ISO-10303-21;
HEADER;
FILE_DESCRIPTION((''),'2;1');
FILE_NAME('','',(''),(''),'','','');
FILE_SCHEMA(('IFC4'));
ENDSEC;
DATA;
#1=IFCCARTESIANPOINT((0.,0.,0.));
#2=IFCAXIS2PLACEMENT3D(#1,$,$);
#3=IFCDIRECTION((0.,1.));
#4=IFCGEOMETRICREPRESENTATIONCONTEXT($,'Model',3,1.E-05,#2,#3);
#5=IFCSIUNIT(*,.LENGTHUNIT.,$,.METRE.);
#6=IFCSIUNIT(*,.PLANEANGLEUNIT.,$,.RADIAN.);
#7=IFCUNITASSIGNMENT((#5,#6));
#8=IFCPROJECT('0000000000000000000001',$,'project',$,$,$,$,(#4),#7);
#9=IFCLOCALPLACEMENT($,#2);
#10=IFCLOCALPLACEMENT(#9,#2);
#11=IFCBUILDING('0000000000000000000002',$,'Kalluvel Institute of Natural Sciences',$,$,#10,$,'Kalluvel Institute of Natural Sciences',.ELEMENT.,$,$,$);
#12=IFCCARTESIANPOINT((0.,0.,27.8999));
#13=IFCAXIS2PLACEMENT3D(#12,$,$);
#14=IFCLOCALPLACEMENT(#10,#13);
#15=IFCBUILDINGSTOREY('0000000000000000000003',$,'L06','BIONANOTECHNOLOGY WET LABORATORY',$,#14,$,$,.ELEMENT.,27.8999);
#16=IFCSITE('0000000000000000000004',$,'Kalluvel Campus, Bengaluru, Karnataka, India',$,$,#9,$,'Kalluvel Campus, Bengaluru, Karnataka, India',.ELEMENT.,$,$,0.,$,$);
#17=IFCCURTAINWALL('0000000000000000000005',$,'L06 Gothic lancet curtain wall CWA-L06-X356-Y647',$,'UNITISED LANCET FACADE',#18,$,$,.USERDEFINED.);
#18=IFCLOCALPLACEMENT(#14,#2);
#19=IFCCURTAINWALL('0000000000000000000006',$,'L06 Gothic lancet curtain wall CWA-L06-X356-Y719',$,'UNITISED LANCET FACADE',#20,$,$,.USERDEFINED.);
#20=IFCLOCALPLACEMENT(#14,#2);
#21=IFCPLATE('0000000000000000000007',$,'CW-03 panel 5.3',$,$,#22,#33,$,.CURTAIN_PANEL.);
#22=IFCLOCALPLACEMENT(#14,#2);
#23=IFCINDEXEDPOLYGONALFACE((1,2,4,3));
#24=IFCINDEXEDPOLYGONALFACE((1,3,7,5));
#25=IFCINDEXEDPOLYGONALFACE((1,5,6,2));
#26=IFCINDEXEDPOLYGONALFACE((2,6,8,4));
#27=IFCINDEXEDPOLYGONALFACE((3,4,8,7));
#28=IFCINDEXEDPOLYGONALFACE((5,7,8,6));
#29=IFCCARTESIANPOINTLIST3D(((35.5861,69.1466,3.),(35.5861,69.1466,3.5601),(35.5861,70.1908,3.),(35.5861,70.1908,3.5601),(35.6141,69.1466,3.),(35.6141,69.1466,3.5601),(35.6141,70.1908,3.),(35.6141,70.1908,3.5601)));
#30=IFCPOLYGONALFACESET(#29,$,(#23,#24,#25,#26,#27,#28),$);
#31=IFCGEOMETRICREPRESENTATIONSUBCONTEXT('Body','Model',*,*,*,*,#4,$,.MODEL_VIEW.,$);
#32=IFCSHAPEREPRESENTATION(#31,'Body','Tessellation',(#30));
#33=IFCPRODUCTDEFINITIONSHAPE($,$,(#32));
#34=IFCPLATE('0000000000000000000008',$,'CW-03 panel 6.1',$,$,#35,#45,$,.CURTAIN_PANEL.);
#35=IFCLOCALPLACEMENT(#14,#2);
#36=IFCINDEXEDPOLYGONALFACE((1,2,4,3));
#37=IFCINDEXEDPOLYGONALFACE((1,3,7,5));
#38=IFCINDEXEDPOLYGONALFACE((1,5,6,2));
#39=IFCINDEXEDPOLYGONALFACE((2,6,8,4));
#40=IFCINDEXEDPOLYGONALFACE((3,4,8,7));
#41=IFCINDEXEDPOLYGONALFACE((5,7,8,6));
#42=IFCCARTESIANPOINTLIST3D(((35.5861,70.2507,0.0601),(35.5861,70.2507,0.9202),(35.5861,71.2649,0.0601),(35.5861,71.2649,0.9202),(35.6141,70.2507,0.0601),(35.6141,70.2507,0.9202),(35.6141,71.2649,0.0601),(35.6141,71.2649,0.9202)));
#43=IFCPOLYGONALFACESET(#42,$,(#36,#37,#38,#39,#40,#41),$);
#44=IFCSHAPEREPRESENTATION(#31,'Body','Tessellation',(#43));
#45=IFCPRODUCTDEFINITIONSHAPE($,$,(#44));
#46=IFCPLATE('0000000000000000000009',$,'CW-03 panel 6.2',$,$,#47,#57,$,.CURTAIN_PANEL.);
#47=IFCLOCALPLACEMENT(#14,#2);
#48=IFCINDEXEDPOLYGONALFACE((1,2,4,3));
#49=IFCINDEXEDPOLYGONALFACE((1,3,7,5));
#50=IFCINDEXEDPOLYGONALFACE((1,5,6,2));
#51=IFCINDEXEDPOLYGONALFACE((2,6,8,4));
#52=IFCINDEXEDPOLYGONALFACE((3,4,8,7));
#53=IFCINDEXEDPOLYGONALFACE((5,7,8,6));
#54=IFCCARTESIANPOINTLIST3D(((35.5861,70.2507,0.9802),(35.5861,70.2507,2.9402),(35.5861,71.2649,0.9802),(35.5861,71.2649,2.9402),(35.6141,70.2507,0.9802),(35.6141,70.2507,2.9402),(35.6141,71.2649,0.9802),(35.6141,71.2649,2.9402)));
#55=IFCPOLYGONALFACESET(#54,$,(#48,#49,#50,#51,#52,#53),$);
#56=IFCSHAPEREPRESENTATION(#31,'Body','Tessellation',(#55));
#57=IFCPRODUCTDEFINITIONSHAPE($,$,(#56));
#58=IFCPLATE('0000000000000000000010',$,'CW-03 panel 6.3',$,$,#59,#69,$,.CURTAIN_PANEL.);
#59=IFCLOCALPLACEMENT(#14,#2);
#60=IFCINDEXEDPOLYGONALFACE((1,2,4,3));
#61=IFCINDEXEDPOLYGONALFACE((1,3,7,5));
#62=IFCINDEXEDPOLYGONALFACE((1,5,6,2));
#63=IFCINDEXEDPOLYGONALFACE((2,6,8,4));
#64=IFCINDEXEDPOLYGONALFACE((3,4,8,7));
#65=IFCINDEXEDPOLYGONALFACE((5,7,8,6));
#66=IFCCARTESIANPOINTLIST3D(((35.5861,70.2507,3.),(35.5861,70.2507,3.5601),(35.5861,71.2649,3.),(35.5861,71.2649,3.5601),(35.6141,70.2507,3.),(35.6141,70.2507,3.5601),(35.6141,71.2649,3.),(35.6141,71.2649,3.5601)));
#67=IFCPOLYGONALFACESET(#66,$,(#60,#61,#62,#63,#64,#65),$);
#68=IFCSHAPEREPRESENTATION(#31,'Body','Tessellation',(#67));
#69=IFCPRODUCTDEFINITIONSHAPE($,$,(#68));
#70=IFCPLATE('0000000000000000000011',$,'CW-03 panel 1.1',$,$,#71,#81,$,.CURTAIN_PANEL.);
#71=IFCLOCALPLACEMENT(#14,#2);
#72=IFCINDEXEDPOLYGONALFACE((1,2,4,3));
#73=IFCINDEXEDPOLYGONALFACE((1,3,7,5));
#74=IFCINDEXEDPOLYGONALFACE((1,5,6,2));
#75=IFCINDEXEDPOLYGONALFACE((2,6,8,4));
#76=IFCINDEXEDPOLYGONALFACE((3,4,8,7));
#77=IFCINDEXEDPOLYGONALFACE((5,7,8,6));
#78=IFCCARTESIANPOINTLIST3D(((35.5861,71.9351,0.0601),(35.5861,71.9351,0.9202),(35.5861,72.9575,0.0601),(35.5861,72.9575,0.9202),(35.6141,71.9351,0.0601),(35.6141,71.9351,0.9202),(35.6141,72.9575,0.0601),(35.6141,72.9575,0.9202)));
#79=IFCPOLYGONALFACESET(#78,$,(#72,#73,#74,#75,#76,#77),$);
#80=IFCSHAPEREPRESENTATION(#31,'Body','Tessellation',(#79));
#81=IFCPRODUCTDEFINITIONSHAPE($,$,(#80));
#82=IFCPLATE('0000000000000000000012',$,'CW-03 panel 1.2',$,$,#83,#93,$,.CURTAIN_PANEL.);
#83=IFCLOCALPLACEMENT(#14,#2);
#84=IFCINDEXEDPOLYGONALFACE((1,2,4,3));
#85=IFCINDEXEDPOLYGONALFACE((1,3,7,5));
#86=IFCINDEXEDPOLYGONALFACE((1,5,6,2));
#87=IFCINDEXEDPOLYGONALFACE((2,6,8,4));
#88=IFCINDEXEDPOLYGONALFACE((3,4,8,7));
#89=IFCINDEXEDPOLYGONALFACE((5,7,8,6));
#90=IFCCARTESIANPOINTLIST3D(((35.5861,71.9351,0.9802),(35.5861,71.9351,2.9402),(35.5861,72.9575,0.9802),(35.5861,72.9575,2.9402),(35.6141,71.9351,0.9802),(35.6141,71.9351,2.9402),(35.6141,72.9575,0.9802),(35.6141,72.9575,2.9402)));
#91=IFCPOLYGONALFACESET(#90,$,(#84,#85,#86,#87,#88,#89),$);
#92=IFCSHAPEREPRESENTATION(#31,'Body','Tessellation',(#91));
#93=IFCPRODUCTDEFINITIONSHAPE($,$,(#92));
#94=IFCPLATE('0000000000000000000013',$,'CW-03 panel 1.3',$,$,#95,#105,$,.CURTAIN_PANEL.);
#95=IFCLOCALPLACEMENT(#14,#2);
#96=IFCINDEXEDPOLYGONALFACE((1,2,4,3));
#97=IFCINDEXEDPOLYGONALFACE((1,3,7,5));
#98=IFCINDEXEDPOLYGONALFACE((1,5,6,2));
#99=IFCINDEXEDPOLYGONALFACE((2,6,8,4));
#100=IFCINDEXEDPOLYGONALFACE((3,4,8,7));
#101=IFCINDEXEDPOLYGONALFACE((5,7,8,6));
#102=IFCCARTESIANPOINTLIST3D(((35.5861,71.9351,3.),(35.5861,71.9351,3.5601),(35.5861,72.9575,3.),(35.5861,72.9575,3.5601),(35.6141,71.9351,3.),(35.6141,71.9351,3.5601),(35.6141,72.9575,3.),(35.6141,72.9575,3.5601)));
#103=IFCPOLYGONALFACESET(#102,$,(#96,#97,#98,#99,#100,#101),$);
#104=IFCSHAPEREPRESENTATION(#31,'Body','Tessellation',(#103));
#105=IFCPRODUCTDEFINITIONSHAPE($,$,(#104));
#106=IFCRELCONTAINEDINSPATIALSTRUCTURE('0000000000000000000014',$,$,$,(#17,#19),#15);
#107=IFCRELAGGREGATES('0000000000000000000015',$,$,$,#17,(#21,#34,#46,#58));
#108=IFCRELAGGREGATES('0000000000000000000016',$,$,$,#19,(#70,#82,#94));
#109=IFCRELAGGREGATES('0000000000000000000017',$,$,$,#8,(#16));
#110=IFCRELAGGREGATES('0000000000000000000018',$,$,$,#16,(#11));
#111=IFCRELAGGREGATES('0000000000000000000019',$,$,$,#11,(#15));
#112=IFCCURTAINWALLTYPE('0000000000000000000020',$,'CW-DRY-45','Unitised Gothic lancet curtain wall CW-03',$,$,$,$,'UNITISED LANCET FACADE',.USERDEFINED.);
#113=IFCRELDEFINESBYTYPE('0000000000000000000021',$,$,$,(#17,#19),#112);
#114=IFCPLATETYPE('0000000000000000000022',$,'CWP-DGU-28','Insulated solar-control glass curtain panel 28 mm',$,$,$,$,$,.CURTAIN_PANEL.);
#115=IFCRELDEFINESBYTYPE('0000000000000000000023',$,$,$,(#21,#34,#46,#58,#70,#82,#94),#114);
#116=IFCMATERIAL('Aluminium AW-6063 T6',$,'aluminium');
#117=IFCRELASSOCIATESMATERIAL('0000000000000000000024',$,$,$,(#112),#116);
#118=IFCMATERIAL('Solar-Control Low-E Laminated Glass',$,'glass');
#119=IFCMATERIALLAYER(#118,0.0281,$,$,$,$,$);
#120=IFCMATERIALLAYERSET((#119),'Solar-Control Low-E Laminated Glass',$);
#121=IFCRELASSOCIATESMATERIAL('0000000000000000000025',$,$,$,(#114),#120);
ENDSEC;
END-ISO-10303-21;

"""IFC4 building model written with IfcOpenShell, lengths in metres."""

from ifc_helpers import new_model, si_unit, direction, frame, origin, origin_2d, place, context, subcontext, project, spatial, rectangle, extrude, material, layer, layer_set, type_object, element, aggregate, save


model = new_model("IFC4")

# Units and contexts
model_context = context("Model", 3, precision=1e-05, world=origin(), true_north=direction((0.0, 1.0)))
body_context = subcontext(model_context, "Body", "Model", "MODEL_VIEW")
ifc_project = project(units=[si_unit("LENGTHUNIT", "METRE"), si_unit("PLANEANGLEUNIT", "RADIAN")], contexts=[model_context])

# Site, building, storey
site_placement = place(None, origin())
site = spatial("IfcSite", under=ifc_project, at=site_placement, Name="Kalluvel Campus, Bengaluru, Karnataka, India", LongName="Kalluvel Campus, Bengaluru, Karnataka, India", CompositionType="ELEMENT", RefElevation=0.0)
building_placement = place(site_placement, origin())
building = spatial("IfcBuilding", under=site, at=building_placement, Name="Kalluvel Institute of Natural Sciences", LongName="Kalluvel Institute of Natural Sciences", CompositionType="ELEMENT")
storey_placement = place(building_placement, frame((0.0, 0.0, 27.8999)))
storey = spatial("IfcBuildingStorey", under=building, at=storey_placement, Name="L06", Description="BIONANOTECHNOLOGY WET LABORATORY", CompositionType="ELEMENT", Elevation=27.8999)

# Curtain walls
ifc_material_1 = material(Name="Aluminium AW-6063 T6", Category="aluminium")
curtain_wall_type = type_object("IfcCurtainWallType", Name="CW-DRY-45", Description="Unitised Gothic lancet curtain wall CW-03", ElementType="UNITISED LANCET FACADE", PredefinedType="USERDEFINED", material=ifc_material_1)
curtain_wall_1_placement = place(storey_placement, origin())
curtain_wall_1 = element("IfcCurtainWall", 1, at=curtain_wall_1_placement, inside=storey, type_object=curtain_wall_type, Name="L06 Gothic lancet curtain wall CWA-L06-X356-Y647", ObjectType="UNITISED LANCET FACADE", PredefinedType="USERDEFINED")
curtain_wall_2_placement = place(storey_placement, origin())
curtain_wall_2 = element("IfcCurtainWall", 2, at=curtain_wall_2_placement, inside=storey, type_object=curtain_wall_type, Name="L06 Gothic lancet curtain wall CWA-L06-X356-Y719", ObjectType="UNITISED LANCET FACADE", PredefinedType="USERDEFINED")

# Plates
ifc_material_2 = material(Name="Solar-Control Low-E Laminated Glass", Category="glass")
ifc_layer = layer(ifc_material_2, 0.0281)
ifc_layer_set = layer_set([ifc_layer], Name="Solar-Control Low-E Laminated Glass")
plate_type = type_object("IfcPlateType", Name="CWP-DGU-28", Description="Insulated solar-control glass curtain panel 28 mm", PredefinedType="CURTAIN_PANEL", material=ifc_layer_set)
plate_1_placement = place(storey_placement, frame((35.6001, 69.6687, 3.0), z_axis=(0.0, 0.0, 1.0), x_axis=(0.0, 1.0, 0.0)))
plate_1 = element("IfcPlate", 3, at=plate_1_placement, type_object=plate_type, Name="CW-03 panel 5.3", PredefinedType="CURTAIN_PANEL", context=body_context, shape_type="SweptSolid", body=[
    extrude(rectangle(XDim=1.0442, YDim=0.0281, at=origin_2d()), origin(), (0.0, 0.0, 1.0), 0.5601),
])
plate_2_placement = place(storey_placement, frame((35.6001, 70.7578, 0.0601), z_axis=(0.0, 0.0, 1.0), x_axis=(0.0, 1.0, 0.0)))
plate_2 = element("IfcPlate", 4, at=plate_2_placement, type_object=plate_type, Name="CW-03 panel 6.1", PredefinedType="CURTAIN_PANEL", context=body_context, shape_type="SweptSolid", body=[
    extrude(rectangle(XDim=1.0142, YDim=0.0281, at=origin_2d()), origin(), (0.0, 0.0, 1.0), 0.8601),
])
plate_3_placement = place(storey_placement, frame((35.6001, 70.7578, 0.9802), z_axis=(0.0, 0.0, 1.0), x_axis=(0.0, 1.0, 0.0)))
plate_3 = element("IfcPlate", 5, at=plate_3_placement, type_object=plate_type, Name="CW-03 panel 6.2", PredefinedType="CURTAIN_PANEL", context=body_context, shape_type="SweptSolid", body=[
    extrude(rectangle(XDim=1.0142, YDim=0.0281, at=origin_2d()), origin(), (0.0, 0.0, 1.0), 1.96),
])
plate_4_placement = place(storey_placement, frame((35.6001, 70.7578, 3.0), z_axis=(0.0, 0.0, 1.0), x_axis=(0.0, 1.0, 0.0)))
plate_4 = element("IfcPlate", 6, at=plate_4_placement, type_object=plate_type, Name="CW-03 panel 6.3", PredefinedType="CURTAIN_PANEL", context=body_context, shape_type="SweptSolid", body=[
    extrude(rectangle(XDim=1.0142, YDim=0.0281, at=origin_2d()), origin(), (0.0, 0.0, 1.0), 0.5601),
])
aggregate(curtain_wall_1, [plate_1, plate_2, plate_3, plate_4])
plate_5_placement = place(storey_placement, frame((35.6001, 72.4463, 0.0601), z_axis=(0.0, 0.0, 1.0), x_axis=(0.0, 1.0, 0.0)))
plate_5 = element("IfcPlate", 7, at=plate_5_placement, type_object=plate_type, Name="CW-03 panel 1.1", PredefinedType="CURTAIN_PANEL", context=body_context, shape_type="SweptSolid", body=[
    extrude(rectangle(XDim=1.0225, YDim=0.0281, at=origin_2d()), origin(), (0.0, 0.0, 1.0), 0.8601),
])
plate_6_placement = place(storey_placement, frame((35.6001, 72.4463, 0.9802), z_axis=(0.0, 0.0, 1.0), x_axis=(0.0, 1.0, 0.0)))
plate_6 = element("IfcPlate", 8, at=plate_6_placement, type_object=plate_type, Name="CW-03 panel 1.2", PredefinedType="CURTAIN_PANEL", context=body_context, shape_type="SweptSolid", body=[
    extrude(rectangle(XDim=1.0225, YDim=0.0281, at=origin_2d()), origin(), (0.0, 0.0, 1.0), 1.96),
])
plate_7_placement = place(storey_placement, frame((35.6001, 72.4463, 3.0), z_axis=(0.0, 0.0, 1.0), x_axis=(0.0, 1.0, 0.0)))
plate_7 = element("IfcPlate", 9, at=plate_7_placement, type_object=plate_type, Name="CW-03 panel 1.3", PredefinedType="CURTAIN_PANEL", context=body_context, shape_type="SweptSolid", body=[
    extrude(rectangle(XDim=1.0225, YDim=0.0281, at=origin_2d()), origin(), (0.0, 0.0, 1.0), 0.5601),
])
aggregate(curtain_wall_2, [plate_5, plate_6, plate_7])

save(model, "model.ifc")
